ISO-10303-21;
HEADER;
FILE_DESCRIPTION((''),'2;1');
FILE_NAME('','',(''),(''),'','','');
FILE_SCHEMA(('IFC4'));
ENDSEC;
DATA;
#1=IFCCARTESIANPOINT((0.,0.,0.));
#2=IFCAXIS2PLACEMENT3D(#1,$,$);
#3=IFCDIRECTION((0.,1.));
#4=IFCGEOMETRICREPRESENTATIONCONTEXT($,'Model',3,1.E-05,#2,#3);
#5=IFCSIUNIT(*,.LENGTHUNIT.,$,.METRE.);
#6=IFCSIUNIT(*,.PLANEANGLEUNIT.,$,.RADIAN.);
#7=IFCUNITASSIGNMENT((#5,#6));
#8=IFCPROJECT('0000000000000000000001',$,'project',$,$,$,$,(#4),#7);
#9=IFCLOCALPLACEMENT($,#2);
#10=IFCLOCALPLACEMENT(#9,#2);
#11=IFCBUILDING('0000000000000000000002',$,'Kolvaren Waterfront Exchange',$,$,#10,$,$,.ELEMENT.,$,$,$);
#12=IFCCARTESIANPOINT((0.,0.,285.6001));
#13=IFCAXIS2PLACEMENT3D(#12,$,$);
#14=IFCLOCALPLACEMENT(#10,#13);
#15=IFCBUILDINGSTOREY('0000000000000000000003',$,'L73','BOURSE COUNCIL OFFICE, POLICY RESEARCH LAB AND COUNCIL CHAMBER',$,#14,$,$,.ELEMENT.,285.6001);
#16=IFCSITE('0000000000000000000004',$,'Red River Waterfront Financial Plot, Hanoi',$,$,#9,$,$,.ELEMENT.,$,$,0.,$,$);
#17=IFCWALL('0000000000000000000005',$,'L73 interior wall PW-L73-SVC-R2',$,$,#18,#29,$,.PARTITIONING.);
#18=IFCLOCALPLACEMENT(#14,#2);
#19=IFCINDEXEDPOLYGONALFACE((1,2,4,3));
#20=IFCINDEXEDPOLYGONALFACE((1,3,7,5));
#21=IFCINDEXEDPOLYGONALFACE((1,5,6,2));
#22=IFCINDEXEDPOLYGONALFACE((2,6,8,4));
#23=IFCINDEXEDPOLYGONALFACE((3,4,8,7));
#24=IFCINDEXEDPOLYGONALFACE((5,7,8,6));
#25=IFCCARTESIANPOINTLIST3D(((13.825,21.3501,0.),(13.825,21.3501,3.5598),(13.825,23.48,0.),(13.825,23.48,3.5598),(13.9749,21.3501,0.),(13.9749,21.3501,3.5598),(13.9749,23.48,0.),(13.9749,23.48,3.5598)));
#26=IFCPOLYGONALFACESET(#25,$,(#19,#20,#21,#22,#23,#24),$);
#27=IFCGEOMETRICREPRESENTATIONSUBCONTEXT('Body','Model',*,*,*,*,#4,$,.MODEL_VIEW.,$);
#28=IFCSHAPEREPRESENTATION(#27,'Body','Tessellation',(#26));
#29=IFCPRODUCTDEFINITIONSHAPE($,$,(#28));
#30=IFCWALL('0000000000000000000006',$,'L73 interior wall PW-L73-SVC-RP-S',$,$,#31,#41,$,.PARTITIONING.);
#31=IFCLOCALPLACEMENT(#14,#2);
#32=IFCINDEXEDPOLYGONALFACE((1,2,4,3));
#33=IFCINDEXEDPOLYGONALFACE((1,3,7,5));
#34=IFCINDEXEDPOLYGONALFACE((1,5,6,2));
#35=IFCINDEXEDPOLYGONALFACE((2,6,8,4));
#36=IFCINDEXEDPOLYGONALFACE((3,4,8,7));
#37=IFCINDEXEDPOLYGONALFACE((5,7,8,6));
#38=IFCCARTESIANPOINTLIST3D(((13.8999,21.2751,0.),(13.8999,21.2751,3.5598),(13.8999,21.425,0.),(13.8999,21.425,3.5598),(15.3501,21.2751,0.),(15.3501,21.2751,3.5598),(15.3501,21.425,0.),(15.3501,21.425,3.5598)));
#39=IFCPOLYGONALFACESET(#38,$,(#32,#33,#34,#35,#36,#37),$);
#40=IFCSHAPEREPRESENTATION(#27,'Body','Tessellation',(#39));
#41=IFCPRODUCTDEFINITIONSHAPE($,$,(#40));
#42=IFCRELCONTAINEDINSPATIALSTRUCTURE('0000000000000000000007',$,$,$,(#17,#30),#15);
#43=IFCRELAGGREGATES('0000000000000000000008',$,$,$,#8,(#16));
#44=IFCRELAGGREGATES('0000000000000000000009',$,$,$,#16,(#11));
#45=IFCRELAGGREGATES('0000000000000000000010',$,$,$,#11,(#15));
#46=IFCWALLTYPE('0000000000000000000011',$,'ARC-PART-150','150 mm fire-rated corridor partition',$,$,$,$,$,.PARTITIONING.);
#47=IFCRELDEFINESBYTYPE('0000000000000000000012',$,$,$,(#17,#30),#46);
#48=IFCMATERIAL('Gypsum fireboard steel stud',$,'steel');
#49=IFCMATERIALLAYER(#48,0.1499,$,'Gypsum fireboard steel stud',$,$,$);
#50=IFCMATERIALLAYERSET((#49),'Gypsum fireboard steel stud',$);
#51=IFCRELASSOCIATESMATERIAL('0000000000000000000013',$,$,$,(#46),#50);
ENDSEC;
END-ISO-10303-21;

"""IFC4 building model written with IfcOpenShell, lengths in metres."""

from ifc_helpers import new_model, si_unit, direction, frame, frame_2d, origin, place, context, subcontext, project, spatial, rectangle, extrude, material, layer, layer_set, type_object, element, save


model = new_model("IFC4")

# Units and contexts
model_context = context("Model", 3, precision=1e-05, world=origin(), true_north=direction((0.0, 1.0)))
body_context = subcontext(model_context, "Body", "Model", "MODEL_VIEW")
ifc_project = project(units=[si_unit("LENGTHUNIT", "METRE"), si_unit("PLANEANGLEUNIT", "RADIAN")], contexts=[model_context])

# Site, building, storey
site_placement = place(None, origin())
site = spatial("IfcSite", under=ifc_project, at=site_placement, Name="Red River Waterfront Financial Plot, Hanoi", CompositionType="ELEMENT", RefElevation=0.0)
building_placement = place(site_placement, origin())
building = spatial("IfcBuilding", under=site, at=building_placement, Name="Kolvaren Waterfront Exchange", CompositionType="ELEMENT")
storey_placement = place(building_placement, frame((0.0, 0.0, 285.6001)))
storey = spatial("IfcBuildingStorey", under=building, at=storey_placement, Name="L73", Description="BOURSE COUNCIL OFFICE, POLICY RESEARCH LAB AND COUNCIL CHAMBER", CompositionType="ELEMENT", Elevation=285.6001)

# Walls
ifc_material_1 = material(Name="Gypsum fireboard steel stud", Category="steel")
ifc_layer_1 = layer(ifc_material_1, 0.1499, Name="Gypsum fireboard steel stud")
ifc_layer_set_1 = layer_set([ifc_layer_1], Name="Gypsum fireboard steel stud")
wall_type_1 = type_object("IfcWallType", Name="ARC-PART-150", Description="150 mm fire-rated corridor partition", PredefinedType="PARTITIONING", material=ifc_layer_set_1)
for number, where, z_axis, x_axis, name in (
    (1, (13.8999, 21.3501, 0.0), (0.0, 0.0, 1.0), (0.0, 1.0, 0.0), "L73 interior wall PW-L73-SVC-R2"),
):
    element("IfcWall", number, at=place(storey_placement, frame(where, z_axis=z_axis, x_axis=x_axis)), inside=storey, type_object=wall_type_1, Name=name, PredefinedType="PARTITIONING", context=body_context, shape_type="SweptSolid", body=[
        extrude(rectangle(XDim=2.1299, YDim=0.1499, at=frame_2d((1.0649, 0.0))), origin(), (0.0, 0.0, 1.0), 3.5598),
    ])
wall_1_placement = place(storey_placement, frame((13.8999, 21.3501, 0.0), z_axis=(0.0, 0.0, 1.0), x_axis=(1.0, 0.0, 0.0)))
element("IfcWall", 2, at=wall_1_placement, inside=storey, type_object=wall_type_1, Name="L73 interior wall PW-L73-SVC-RP-S", PredefinedType="PARTITIONING", context=body_context, shape_type="SweptSolid", body=[
    extrude(rectangle(XDim=1.4502, YDim=0.1499, at=frame_2d((0.7251, 0.0))), origin(), (0.0, 0.0, 1.0), 3.5598),
])

save(model, "model.ifc")
